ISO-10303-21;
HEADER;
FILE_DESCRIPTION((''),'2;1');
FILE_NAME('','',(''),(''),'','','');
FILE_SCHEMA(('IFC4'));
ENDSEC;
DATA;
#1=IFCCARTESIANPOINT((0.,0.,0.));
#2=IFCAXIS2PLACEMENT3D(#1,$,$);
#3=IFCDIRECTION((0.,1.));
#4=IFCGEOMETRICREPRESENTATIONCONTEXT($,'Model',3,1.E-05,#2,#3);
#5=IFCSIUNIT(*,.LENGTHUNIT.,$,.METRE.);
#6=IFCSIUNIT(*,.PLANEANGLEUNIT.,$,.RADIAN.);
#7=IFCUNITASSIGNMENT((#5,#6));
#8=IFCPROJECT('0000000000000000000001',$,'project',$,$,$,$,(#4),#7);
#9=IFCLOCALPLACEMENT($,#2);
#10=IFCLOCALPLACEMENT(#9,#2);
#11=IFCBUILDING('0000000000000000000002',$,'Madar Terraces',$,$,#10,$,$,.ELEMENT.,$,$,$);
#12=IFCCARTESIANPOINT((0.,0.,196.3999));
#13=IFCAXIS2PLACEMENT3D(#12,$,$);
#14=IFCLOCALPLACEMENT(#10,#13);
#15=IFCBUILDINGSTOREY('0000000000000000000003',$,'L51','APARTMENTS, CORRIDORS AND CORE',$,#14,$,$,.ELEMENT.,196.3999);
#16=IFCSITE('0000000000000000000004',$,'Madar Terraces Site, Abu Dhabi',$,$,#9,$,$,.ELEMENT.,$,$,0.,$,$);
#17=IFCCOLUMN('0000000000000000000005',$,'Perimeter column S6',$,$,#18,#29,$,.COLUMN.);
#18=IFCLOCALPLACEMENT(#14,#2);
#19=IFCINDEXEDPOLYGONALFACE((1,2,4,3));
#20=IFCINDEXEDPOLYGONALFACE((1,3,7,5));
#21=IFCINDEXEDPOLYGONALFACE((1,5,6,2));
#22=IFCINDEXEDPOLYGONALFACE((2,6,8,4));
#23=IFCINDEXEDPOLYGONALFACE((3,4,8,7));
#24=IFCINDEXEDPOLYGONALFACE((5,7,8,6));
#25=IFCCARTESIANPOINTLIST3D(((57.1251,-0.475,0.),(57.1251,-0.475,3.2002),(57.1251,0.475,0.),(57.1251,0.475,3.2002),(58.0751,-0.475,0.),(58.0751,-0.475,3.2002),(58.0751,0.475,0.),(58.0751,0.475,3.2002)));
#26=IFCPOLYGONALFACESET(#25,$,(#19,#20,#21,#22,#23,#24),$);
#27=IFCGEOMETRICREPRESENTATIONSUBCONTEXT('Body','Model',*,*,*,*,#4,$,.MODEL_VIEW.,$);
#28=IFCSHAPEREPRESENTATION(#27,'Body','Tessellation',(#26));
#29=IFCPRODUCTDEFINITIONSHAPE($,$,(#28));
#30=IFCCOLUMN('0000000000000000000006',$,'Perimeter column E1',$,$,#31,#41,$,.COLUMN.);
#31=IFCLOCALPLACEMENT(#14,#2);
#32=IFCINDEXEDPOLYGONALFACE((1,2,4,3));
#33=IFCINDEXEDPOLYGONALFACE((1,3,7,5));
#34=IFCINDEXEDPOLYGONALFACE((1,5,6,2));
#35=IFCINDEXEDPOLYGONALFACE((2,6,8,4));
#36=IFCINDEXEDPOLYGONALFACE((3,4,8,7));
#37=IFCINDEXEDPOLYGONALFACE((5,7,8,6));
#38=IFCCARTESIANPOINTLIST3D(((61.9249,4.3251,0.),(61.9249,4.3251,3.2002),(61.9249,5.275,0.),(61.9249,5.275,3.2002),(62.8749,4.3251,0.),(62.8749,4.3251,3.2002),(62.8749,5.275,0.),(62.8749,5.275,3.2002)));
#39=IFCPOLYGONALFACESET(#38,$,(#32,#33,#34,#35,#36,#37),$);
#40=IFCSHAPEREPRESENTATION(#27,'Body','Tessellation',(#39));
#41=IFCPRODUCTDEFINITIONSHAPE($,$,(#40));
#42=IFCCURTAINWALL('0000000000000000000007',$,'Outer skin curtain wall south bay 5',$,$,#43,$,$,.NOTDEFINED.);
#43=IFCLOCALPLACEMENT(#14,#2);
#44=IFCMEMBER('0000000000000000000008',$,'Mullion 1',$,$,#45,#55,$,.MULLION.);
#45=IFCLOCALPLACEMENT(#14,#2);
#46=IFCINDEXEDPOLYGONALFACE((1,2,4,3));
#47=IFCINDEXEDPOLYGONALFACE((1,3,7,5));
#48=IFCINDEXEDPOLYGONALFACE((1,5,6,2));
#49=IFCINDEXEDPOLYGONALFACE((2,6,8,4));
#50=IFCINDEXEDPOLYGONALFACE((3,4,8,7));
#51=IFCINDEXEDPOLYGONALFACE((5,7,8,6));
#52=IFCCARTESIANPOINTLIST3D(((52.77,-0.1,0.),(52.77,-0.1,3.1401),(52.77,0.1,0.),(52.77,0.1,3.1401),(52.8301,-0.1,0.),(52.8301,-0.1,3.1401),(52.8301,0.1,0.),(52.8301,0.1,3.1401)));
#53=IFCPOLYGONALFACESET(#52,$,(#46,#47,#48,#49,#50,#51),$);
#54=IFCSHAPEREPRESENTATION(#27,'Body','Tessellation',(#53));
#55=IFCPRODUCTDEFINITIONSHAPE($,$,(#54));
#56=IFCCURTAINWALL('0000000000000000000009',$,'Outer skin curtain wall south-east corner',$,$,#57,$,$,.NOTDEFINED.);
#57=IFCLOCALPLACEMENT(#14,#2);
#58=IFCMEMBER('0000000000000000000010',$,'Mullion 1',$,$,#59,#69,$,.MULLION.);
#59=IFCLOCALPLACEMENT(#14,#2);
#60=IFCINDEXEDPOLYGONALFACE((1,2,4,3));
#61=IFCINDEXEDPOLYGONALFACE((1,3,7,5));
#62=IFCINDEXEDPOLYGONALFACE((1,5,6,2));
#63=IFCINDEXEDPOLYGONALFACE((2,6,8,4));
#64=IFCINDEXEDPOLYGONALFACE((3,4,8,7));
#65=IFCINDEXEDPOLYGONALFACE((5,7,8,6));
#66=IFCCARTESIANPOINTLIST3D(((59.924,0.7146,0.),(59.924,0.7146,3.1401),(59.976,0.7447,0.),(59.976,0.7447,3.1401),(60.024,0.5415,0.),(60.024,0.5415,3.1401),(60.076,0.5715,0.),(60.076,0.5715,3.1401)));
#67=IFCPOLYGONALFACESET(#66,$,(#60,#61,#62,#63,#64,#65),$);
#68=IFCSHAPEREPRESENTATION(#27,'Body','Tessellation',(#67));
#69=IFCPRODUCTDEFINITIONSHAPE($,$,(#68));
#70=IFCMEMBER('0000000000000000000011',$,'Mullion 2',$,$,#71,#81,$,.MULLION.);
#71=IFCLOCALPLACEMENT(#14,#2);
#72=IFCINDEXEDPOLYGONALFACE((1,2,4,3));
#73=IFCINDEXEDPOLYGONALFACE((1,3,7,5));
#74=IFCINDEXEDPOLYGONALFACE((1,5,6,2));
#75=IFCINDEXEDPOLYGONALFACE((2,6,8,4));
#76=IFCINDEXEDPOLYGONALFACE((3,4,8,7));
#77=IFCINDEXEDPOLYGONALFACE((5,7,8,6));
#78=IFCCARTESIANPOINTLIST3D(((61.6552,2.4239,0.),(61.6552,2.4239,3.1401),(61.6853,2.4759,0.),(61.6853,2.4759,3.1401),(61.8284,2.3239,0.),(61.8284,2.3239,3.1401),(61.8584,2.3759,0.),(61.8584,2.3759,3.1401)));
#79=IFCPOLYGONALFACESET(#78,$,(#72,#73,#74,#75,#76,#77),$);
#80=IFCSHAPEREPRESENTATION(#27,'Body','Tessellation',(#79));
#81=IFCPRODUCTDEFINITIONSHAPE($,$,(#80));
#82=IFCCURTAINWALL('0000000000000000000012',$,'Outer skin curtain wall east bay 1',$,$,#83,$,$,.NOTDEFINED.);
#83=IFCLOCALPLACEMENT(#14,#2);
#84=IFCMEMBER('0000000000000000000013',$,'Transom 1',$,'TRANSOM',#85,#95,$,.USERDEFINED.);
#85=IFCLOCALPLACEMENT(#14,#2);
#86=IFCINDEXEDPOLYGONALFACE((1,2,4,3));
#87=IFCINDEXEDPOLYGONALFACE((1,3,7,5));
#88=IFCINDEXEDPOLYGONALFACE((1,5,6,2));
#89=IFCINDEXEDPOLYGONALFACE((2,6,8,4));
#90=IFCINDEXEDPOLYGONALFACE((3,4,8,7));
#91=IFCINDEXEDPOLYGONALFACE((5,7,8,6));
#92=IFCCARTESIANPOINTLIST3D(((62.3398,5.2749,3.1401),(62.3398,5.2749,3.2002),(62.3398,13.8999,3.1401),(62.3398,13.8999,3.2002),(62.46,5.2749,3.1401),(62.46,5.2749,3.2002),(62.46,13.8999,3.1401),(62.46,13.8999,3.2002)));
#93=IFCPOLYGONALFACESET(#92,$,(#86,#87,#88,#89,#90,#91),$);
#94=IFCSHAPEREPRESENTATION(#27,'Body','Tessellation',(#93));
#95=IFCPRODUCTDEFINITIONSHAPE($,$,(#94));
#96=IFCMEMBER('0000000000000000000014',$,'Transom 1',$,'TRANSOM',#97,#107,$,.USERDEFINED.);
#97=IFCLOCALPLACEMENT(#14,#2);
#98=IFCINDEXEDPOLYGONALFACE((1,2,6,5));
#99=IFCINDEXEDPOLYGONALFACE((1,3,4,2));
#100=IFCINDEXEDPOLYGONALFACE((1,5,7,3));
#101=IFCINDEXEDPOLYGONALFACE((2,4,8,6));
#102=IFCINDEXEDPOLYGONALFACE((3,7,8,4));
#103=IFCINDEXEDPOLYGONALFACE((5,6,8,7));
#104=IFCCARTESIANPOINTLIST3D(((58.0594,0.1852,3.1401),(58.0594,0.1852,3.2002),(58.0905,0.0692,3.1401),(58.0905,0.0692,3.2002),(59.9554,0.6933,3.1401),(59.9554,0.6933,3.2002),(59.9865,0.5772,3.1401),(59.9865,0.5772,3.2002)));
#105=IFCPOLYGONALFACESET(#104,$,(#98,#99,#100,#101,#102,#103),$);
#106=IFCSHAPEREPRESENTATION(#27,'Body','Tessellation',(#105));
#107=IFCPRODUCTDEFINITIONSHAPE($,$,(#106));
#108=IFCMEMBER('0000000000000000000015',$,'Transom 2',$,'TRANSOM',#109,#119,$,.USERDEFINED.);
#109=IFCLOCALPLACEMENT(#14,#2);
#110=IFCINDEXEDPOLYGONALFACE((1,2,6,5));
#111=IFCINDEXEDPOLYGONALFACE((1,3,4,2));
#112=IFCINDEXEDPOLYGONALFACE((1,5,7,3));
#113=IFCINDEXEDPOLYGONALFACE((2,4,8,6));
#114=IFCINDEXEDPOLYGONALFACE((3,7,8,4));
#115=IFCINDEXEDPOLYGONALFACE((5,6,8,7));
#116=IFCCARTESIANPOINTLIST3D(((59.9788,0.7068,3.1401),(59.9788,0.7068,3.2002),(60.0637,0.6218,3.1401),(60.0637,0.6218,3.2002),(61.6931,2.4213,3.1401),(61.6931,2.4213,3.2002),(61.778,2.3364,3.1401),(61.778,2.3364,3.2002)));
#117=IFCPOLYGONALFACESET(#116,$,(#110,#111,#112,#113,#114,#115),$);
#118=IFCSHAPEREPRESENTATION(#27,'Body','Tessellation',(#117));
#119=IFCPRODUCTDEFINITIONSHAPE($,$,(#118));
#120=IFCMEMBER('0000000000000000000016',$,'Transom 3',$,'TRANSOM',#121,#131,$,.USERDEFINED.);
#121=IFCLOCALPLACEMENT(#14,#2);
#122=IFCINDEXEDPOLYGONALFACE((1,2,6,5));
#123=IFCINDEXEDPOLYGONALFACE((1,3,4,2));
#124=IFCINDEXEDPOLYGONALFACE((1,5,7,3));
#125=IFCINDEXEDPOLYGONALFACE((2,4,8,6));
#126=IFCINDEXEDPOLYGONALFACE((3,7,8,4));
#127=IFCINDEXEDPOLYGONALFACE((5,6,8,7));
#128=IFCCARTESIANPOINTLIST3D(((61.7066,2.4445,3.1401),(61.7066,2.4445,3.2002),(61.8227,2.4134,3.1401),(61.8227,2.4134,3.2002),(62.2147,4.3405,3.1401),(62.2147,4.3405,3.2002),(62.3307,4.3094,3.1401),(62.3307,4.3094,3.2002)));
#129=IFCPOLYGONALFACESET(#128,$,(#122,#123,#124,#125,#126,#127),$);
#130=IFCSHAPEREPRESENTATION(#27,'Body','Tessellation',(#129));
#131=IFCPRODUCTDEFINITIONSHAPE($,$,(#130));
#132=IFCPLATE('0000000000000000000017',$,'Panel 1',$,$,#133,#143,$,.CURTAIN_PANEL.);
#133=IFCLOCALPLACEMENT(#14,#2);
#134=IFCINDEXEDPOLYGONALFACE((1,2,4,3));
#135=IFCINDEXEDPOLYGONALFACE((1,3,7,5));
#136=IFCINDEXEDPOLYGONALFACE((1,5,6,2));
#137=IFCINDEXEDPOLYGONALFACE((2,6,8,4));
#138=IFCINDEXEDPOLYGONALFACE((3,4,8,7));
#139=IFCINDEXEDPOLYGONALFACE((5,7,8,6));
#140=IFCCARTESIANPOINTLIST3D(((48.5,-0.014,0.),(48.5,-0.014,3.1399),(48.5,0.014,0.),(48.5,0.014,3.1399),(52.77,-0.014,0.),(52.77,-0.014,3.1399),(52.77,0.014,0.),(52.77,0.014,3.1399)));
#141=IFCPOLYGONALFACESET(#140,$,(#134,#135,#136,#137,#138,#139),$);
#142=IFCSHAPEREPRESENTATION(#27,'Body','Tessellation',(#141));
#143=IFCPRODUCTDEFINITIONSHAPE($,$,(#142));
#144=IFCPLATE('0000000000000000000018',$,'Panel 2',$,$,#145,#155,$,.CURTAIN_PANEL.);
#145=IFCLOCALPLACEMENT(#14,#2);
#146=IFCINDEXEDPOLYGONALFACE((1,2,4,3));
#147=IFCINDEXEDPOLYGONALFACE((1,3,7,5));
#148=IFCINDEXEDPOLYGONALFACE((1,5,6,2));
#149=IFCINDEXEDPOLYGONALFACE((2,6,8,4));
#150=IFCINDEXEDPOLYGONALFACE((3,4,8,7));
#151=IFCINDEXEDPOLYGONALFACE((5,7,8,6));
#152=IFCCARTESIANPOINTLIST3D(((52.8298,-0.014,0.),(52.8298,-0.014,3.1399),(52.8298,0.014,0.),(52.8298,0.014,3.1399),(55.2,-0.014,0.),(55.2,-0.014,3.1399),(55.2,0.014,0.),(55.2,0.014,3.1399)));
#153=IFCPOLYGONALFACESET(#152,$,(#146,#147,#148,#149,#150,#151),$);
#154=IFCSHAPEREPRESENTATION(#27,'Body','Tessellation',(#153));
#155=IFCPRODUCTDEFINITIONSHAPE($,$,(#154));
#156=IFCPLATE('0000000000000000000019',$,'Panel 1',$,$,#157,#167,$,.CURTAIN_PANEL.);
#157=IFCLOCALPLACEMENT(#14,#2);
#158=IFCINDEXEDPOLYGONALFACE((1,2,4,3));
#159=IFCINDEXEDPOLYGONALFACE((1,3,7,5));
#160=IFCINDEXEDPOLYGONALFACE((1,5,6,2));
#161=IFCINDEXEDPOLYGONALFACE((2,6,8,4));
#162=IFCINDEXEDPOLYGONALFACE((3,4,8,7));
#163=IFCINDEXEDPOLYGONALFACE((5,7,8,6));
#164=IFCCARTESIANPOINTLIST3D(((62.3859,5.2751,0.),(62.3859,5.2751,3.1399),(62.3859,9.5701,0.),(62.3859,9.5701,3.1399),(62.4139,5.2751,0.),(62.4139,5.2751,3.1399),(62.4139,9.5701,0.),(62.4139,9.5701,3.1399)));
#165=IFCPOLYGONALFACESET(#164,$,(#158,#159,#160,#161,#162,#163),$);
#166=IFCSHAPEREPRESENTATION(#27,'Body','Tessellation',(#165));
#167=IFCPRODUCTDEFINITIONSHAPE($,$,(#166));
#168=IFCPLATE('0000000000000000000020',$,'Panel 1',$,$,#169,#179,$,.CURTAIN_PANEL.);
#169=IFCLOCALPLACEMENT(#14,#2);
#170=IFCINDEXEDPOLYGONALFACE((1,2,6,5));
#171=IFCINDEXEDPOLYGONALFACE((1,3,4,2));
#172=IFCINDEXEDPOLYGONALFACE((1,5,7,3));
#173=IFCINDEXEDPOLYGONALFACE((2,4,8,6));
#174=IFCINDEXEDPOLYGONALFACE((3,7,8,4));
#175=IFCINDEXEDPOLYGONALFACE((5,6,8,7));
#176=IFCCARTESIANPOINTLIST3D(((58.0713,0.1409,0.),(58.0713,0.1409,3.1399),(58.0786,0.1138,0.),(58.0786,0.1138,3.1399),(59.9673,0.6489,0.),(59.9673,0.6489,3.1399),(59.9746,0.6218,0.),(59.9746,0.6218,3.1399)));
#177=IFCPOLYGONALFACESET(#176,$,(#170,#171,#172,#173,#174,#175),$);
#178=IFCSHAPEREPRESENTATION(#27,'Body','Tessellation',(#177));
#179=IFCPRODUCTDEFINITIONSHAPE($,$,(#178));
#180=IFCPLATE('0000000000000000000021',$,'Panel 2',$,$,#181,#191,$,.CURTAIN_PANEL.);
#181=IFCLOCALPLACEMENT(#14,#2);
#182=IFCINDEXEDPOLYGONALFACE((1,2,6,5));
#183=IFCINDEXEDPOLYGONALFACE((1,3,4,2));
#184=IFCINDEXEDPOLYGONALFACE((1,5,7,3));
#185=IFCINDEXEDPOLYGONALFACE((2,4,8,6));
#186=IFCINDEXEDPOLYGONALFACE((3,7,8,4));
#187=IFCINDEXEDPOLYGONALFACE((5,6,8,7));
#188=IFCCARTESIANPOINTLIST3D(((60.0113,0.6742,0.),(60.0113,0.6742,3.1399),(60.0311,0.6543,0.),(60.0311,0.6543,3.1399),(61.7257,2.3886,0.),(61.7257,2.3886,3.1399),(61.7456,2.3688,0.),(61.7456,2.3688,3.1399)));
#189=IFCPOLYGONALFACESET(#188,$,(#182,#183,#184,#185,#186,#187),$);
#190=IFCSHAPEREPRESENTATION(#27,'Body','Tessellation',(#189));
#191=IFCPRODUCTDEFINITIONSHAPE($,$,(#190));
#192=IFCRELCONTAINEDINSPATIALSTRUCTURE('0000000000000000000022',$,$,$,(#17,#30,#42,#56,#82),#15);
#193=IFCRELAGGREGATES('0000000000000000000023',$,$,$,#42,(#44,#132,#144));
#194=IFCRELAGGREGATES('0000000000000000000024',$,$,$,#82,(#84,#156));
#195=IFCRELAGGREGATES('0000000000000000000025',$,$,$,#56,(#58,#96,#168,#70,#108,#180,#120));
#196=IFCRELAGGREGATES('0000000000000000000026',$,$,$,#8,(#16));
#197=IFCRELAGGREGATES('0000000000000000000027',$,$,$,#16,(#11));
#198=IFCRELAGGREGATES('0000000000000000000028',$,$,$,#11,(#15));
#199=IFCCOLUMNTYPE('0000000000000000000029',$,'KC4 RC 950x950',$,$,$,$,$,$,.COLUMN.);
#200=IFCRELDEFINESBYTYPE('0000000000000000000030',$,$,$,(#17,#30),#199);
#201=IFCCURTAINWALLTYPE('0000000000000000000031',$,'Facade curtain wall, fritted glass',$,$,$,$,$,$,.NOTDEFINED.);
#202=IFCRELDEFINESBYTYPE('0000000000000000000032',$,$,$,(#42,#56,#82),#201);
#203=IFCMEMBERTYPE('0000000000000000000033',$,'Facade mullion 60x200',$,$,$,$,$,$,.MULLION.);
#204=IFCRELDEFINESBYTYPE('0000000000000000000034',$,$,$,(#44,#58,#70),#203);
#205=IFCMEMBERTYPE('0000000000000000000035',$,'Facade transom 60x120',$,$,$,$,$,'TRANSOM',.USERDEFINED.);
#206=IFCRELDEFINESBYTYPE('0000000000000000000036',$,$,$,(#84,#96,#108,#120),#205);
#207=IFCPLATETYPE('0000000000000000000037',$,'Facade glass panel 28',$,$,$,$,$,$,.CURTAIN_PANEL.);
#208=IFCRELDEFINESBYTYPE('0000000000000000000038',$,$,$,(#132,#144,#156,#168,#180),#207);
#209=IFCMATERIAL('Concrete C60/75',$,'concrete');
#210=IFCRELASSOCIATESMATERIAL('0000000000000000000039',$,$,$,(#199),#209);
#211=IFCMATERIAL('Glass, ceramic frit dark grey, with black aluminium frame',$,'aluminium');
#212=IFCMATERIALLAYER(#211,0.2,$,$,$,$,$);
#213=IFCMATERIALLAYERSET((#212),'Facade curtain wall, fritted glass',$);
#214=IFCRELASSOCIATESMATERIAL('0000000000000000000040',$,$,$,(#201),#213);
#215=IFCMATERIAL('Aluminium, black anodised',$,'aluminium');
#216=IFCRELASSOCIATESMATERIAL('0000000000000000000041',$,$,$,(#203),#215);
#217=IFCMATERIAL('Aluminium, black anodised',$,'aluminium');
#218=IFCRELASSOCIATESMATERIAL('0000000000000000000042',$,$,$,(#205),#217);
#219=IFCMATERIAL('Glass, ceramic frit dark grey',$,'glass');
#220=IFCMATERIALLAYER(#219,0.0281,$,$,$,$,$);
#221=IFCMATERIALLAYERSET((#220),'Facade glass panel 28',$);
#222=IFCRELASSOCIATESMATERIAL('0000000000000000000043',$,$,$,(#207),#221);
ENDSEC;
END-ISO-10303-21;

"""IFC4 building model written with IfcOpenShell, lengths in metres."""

from ifc_helpers import new_model, si_unit, direction, frame, origin, origin_2d, place, context, subcontext, project, spatial, rectangle, extrude, material, layer, layer_set, material_profile, profile_set, type_object, element, aggregate, save


model = new_model("IFC4")

# Units and contexts
model_context = context("Model", 3, precision=1e-05, world=origin(), true_north=direction((0.0, 1.0)))
body_context = subcontext(model_context, "Body", "Model", "MODEL_VIEW")
ifc_project = project(units=[si_unit("LENGTHUNIT", "METRE"), si_unit("PLANEANGLEUNIT", "RADIAN")], contexts=[model_context])

# Site, building, storey
site_placement = place(None, origin())
site = spatial("IfcSite", under=ifc_project, at=site_placement, Name="Madar Terraces Site, Abu Dhabi", CompositionType="ELEMENT", RefElevation=0.0)
building_placement = place(site_placement, origin())
building = spatial("IfcBuilding", under=site, at=building_placement, Name="Madar Terraces", CompositionType="ELEMENT")
storey_placement = place(building_placement, frame((0.0, 0.0, 196.3999)))
storey = spatial("IfcBuildingStorey", under=building, at=storey_placement, Name="L51", Description="APARTMENTS, CORRIDORS AND CORE", CompositionType="ELEMENT", Elevation=196.3999)

# Columns
ifc_material_1 = material(Name="Concrete C60/75", Category="concrete")
ifc_material_profile_1 = material_profile(ifc_material_1, rectangle(XDim=0.95, YDim=0.95, at=origin_2d()), Name="KC4 RC 950x950")
ifc_profile_set_1 = profile_set([ifc_material_profile_1], Name="Concrete C60/75")
column_type = type_object("IfcColumnType", Name="KC4 RC 950x950", PredefinedType="COLUMN", material=ifc_profile_set_1)
for number, where, z_axis, x_axis, name in (
    (1, (57.6001, 0.0, 0.0), (0.0, 0.0, 1.0), (1.0, 0.0, 0.0), "Perimeter column S6"),
    (2, (62.3999, 4.8, 0.0), (0.0, 0.0, 1.0), (1.0, 0.0, 0.0), "Perimeter column E1"),
):
    element("IfcColumn", number, at=place(storey_placement, frame(where, z_axis=z_axis, x_axis=x_axis)), inside=storey, type_object=column_type, Name=name, PredefinedType="COLUMN", context=body_context, shape_type="SweptSolid", body=[
        extrude(rectangle(XDim=0.95, YDim=0.95, at=origin_2d()), origin(), (0.0, 0.0, 1.0), 3.2002),
    ])

# Curtain wall, member
ifc_material_2 = material(Name="Glass, ceramic frit dark grey, with black aluminium frame", Category="aluminium")
ifc_layer_1 = layer(ifc_material_2, 0.2)
ifc_layer_set_1 = layer_set([ifc_layer_1], Name="Facade curtain wall, fritted glass")
curtain_wall_type = type_object("IfcCurtainWallType", Name="Facade curtain wall, fritted glass", PredefinedType="NOTDEFINED", material=ifc_layer_set_1)
curtain_wall_1_placement = place(storey_placement, origin())
curtain_wall_1 = element("IfcCurtainWall", 3, at=curtain_wall_1_placement, inside=storey, type_object=curtain_wall_type, Name="Outer skin curtain wall south bay 5", PredefinedType="NOTDEFINED")
ifc_material_3 = material(Name="Aluminium, black anodised", Category="aluminium")
ifc_material_profile_2 = material_profile(ifc_material_3, rectangle(XDim=0.2, YDim=0.0601, at=origin_2d()), Name="Facade mullion 60x200")
ifc_profile_set_2 = profile_set([ifc_material_profile_2], Name="Aluminium, black anodised")
member_type_1 = type_object("IfcMemberType", Name="Facade mullion 60x200", PredefinedType="MULLION", material=ifc_profile_set_2)
member_1_placement = place(storey_placement, frame((52.8, 0.0, 0.0), z_axis=(0.0, 0.0, 1.0), x_axis=(0.0, 1.0, 0.0)))
member_1 = element("IfcMember", 4, at=member_1_placement, type_object=member_type_1, Name="Mullion 1", PredefinedType="MULLION", context=body_context, shape_type="SweptSolid", body=[
    extrude(rectangle(XDim=0.2, YDim=0.0601, at=origin_2d()), origin(), (0.0, 0.0, 1.0), 3.1401),
])

# Curtain wall, members
curtain_wall_2_placement = place(storey_placement, origin())
curtain_wall_2 = element("IfcCurtainWall", 5, at=curtain_wall_2_placement, inside=storey, type_object=curtain_wall_type, Name="Outer skin curtain wall south-east corner", PredefinedType="NOTDEFINED")
member_2_placement = place(storey_placement, frame((60.0, 0.6431, 0.0), z_axis=(0.0, 0.0, 1.0), x_axis=(-0.5, 0.866025, 0.0)))
member_2 = element("IfcMember", 6, at=member_2_placement, type_object=member_type_1, Name="Mullion 1", PredefinedType="MULLION", context=body_context, shape_type="SweptSolid", body=[
    extrude(rectangle(XDim=0.2, YDim=0.0601, at=origin_2d()), origin(), (0.0, 0.0, 1.0), 3.1401),
])
member_3_placement = place(storey_placement, frame((61.7568, 2.3999, 0.0), z_axis=(0.0, 0.0, 1.0), x_axis=(-0.866025, 0.5, 0.0)))
member_3 = element("IfcMember", 7, at=member_3_placement, type_object=member_type_1, Name="Mullion 2", PredefinedType="MULLION", context=body_context, shape_type="SweptSolid", body=[
    extrude(rectangle(XDim=0.2, YDim=0.0601, at=origin_2d()), origin(), (0.0, 0.0, 1.0), 3.1401),
])

# Curtain wall, member
curtain_wall_3_placement = place(storey_placement, origin())
curtain_wall_3 = element("IfcCurtainWall", 8, at=curtain_wall_3_placement, inside=storey, type_object=curtain_wall_type, Name="Outer skin curtain wall east bay 1", PredefinedType="NOTDEFINED")
ifc_material_4 = material(Name="Aluminium, black anodised", Category="aluminium")
ifc_material_profile_3 = material_profile(ifc_material_4, rectangle(XDim=0.1201, YDim=0.0601, at=origin_2d()), Name="Facade transom 60x120")
ifc_profile_set_3 = profile_set([ifc_material_profile_3], Name="Aluminium, black anodised")
member_type_2 = type_object("IfcMemberType", Name="Facade transom 60x120", ElementType="TRANSOM", PredefinedType="USERDEFINED", material=ifc_profile_set_3)
member_4_placement = place(storey_placement, frame((62.3999, 5.2749, 3.1702), z_axis=(0.0, 1.0, 0.0), x_axis=(-1.0, 0.0, 0.0)))
member_4 = element("IfcMember", 9, at=member_4_placement, type_object=member_type_2, Name="Transom 1", ObjectType="TRANSOM", PredefinedType="USERDEFINED", context=body_context, shape_type="SweptSolid", body=[
    extrude(rectangle(XDim=0.1201, YDim=0.0601, at=origin_2d()), origin(), (0.0, 0.0, 1.0), 8.625),
])

# Members
member_5_placement = place(storey_placement, frame((58.075, 0.1272, 3.1702), z_axis=(0.965923, 0.258831, 0.0), x_axis=(-0.258831, 0.965923, 0.0)))
member_5 = element("IfcMember", 10, at=member_5_placement, type_object=member_type_2, Name="Transom 1", ObjectType="TRANSOM", PredefinedType="USERDEFINED", context=body_context, shape_type="SweptSolid", body=[
    extrude(rectangle(XDim=0.1201, YDim=0.0601, at=origin_2d()), origin(), (0.0, 0.0, 1.0), 1.9629),
])
member_6_placement = place(storey_placement, frame((60.0212, 0.6643, 3.1702), z_axis=(0.707056, 0.707157, 0.0), x_axis=(-0.707157, 0.707056, 0.0)))
member_6 = element("IfcMember", 11, at=member_6_placement, type_object=member_type_2, Name="Transom 2", ObjectType="TRANSOM", PredefinedType="USERDEFINED", context=body_context, shape_type="SweptSolid", body=[
    extrude(rectangle(XDim=0.1201, YDim=0.0601, at=origin_2d()), origin(), (0.0, 0.0, 1.0), 2.4246),
])
member_7_placement = place(storey_placement, frame((61.7646, 2.429, 3.1702), z_axis=(0.258831, 0.965923, 0.0), x_axis=(-0.965923, 0.258831, 0.0)))
member_7 = element("IfcMember", 12, at=member_7_placement, type_object=member_type_2, Name="Transom 3", ObjectType="TRANSOM", PredefinedType="USERDEFINED", context=body_context, shape_type="SweptSolid", body=[
    extrude(rectangle(XDim=0.1201, YDim=0.0601, at=origin_2d()), origin(), (0.0, 0.0, 1.0), 1.9629),
])

# Plates
ifc_material_5 = material(Name="Glass, ceramic frit dark grey", Category="glass")
ifc_layer_2 = layer(ifc_material_5, 0.0281)
ifc_layer_set_2 = layer_set([ifc_layer_2], Name="Facade glass panel 28")
plate_type = type_object("IfcPlateType", Name="Facade glass panel 28", PredefinedType="CURTAIN_PANEL", material=ifc_layer_set_2)
plate_1_placement = place(storey_placement, frame((50.635, 0.0, 0.0), z_axis=(0.0, 0.0, 1.0), x_axis=(1.0, 0.0, 0.0)))
plate_1 = element("IfcPlate", 13, at=plate_1_placement, type_object=plate_type, Name="Panel 1", PredefinedType="CURTAIN_PANEL", context=body_context, shape_type="SweptSolid", body=[
    extrude(rectangle(XDim=4.27, YDim=0.0281, at=origin_2d()), origin(), (0.0, 0.0, 1.0), 3.1399),
])
plate_2_placement = place(storey_placement, frame((54.0149, 0.0, 0.0), z_axis=(0.0, 0.0, 1.0), x_axis=(1.0, 0.0, 0.0)))
plate_2 = element("IfcPlate", 14, at=plate_2_placement, type_object=plate_type, Name="Panel 2", PredefinedType="CURTAIN_PANEL", context=body_context, shape_type="SweptSolid", body=[
    extrude(rectangle(XDim=2.3701, YDim=0.0281, at=origin_2d()), origin(), (0.0, 0.0, 1.0), 3.1399),
])
aggregate(curtain_wall_1, [member_1, plate_1, plate_2])
plate_3_placement = place(storey_placement, frame((62.3999, 7.4226, 0.0), z_axis=(0.0, 0.0, 1.0), x_axis=(0.0, 1.0, 0.0)))
plate_3 = element("IfcPlate", 15, at=plate_3_placement, type_object=plate_type, Name="Panel 1", PredefinedType="CURTAIN_PANEL", context=body_context, shape_type="SweptSolid", body=[
    extrude(rectangle(XDim=4.2949, YDim=0.0281, at=origin_2d()), origin(), (0.0, 0.0, 1.0), 3.1399),
])
aggregate(curtain_wall_3, [member_4, plate_3])
plate_4_placement = place(storey_placement, frame((59.0229, 0.3813, 0.0), z_axis=(0.0, 0.0, 1.0), x_axis=(0.965926, 0.258819, 0.0)))
plate_4 = element("IfcPlate", 16, at=plate_4_placement, type_object=plate_type, Name="Panel 1", PredefinedType="CURTAIN_PANEL", context=body_context, shape_type="SweptSolid", body=[
    extrude(rectangle(XDim=1.9629, YDim=0.0281, at=origin_2d()), origin(), (0.0, 0.0, 1.0), 3.1399),
])
plate_5_placement = place(storey_placement, frame((60.8784, 1.5215, 0.0), z_axis=(0.0, 0.0, 1.0), x_axis=(0.707107, 0.707107, 0.0)))
plate_5 = element("IfcPlate", 17, at=plate_5_placement, type_object=plate_type, Name="Panel 2", PredefinedType="CURTAIN_PANEL", context=body_context, shape_type="SweptSolid", body=[
    extrude(rectangle(XDim=2.4246, YDim=0.0281, at=origin_2d()), origin(), (0.0, 0.0, 1.0), 3.1399),
])
aggregate(curtain_wall_2, [member_2, member_5, plate_4, member_3, member_6, plate_5, member_7])

save(model, "model.ifc")
